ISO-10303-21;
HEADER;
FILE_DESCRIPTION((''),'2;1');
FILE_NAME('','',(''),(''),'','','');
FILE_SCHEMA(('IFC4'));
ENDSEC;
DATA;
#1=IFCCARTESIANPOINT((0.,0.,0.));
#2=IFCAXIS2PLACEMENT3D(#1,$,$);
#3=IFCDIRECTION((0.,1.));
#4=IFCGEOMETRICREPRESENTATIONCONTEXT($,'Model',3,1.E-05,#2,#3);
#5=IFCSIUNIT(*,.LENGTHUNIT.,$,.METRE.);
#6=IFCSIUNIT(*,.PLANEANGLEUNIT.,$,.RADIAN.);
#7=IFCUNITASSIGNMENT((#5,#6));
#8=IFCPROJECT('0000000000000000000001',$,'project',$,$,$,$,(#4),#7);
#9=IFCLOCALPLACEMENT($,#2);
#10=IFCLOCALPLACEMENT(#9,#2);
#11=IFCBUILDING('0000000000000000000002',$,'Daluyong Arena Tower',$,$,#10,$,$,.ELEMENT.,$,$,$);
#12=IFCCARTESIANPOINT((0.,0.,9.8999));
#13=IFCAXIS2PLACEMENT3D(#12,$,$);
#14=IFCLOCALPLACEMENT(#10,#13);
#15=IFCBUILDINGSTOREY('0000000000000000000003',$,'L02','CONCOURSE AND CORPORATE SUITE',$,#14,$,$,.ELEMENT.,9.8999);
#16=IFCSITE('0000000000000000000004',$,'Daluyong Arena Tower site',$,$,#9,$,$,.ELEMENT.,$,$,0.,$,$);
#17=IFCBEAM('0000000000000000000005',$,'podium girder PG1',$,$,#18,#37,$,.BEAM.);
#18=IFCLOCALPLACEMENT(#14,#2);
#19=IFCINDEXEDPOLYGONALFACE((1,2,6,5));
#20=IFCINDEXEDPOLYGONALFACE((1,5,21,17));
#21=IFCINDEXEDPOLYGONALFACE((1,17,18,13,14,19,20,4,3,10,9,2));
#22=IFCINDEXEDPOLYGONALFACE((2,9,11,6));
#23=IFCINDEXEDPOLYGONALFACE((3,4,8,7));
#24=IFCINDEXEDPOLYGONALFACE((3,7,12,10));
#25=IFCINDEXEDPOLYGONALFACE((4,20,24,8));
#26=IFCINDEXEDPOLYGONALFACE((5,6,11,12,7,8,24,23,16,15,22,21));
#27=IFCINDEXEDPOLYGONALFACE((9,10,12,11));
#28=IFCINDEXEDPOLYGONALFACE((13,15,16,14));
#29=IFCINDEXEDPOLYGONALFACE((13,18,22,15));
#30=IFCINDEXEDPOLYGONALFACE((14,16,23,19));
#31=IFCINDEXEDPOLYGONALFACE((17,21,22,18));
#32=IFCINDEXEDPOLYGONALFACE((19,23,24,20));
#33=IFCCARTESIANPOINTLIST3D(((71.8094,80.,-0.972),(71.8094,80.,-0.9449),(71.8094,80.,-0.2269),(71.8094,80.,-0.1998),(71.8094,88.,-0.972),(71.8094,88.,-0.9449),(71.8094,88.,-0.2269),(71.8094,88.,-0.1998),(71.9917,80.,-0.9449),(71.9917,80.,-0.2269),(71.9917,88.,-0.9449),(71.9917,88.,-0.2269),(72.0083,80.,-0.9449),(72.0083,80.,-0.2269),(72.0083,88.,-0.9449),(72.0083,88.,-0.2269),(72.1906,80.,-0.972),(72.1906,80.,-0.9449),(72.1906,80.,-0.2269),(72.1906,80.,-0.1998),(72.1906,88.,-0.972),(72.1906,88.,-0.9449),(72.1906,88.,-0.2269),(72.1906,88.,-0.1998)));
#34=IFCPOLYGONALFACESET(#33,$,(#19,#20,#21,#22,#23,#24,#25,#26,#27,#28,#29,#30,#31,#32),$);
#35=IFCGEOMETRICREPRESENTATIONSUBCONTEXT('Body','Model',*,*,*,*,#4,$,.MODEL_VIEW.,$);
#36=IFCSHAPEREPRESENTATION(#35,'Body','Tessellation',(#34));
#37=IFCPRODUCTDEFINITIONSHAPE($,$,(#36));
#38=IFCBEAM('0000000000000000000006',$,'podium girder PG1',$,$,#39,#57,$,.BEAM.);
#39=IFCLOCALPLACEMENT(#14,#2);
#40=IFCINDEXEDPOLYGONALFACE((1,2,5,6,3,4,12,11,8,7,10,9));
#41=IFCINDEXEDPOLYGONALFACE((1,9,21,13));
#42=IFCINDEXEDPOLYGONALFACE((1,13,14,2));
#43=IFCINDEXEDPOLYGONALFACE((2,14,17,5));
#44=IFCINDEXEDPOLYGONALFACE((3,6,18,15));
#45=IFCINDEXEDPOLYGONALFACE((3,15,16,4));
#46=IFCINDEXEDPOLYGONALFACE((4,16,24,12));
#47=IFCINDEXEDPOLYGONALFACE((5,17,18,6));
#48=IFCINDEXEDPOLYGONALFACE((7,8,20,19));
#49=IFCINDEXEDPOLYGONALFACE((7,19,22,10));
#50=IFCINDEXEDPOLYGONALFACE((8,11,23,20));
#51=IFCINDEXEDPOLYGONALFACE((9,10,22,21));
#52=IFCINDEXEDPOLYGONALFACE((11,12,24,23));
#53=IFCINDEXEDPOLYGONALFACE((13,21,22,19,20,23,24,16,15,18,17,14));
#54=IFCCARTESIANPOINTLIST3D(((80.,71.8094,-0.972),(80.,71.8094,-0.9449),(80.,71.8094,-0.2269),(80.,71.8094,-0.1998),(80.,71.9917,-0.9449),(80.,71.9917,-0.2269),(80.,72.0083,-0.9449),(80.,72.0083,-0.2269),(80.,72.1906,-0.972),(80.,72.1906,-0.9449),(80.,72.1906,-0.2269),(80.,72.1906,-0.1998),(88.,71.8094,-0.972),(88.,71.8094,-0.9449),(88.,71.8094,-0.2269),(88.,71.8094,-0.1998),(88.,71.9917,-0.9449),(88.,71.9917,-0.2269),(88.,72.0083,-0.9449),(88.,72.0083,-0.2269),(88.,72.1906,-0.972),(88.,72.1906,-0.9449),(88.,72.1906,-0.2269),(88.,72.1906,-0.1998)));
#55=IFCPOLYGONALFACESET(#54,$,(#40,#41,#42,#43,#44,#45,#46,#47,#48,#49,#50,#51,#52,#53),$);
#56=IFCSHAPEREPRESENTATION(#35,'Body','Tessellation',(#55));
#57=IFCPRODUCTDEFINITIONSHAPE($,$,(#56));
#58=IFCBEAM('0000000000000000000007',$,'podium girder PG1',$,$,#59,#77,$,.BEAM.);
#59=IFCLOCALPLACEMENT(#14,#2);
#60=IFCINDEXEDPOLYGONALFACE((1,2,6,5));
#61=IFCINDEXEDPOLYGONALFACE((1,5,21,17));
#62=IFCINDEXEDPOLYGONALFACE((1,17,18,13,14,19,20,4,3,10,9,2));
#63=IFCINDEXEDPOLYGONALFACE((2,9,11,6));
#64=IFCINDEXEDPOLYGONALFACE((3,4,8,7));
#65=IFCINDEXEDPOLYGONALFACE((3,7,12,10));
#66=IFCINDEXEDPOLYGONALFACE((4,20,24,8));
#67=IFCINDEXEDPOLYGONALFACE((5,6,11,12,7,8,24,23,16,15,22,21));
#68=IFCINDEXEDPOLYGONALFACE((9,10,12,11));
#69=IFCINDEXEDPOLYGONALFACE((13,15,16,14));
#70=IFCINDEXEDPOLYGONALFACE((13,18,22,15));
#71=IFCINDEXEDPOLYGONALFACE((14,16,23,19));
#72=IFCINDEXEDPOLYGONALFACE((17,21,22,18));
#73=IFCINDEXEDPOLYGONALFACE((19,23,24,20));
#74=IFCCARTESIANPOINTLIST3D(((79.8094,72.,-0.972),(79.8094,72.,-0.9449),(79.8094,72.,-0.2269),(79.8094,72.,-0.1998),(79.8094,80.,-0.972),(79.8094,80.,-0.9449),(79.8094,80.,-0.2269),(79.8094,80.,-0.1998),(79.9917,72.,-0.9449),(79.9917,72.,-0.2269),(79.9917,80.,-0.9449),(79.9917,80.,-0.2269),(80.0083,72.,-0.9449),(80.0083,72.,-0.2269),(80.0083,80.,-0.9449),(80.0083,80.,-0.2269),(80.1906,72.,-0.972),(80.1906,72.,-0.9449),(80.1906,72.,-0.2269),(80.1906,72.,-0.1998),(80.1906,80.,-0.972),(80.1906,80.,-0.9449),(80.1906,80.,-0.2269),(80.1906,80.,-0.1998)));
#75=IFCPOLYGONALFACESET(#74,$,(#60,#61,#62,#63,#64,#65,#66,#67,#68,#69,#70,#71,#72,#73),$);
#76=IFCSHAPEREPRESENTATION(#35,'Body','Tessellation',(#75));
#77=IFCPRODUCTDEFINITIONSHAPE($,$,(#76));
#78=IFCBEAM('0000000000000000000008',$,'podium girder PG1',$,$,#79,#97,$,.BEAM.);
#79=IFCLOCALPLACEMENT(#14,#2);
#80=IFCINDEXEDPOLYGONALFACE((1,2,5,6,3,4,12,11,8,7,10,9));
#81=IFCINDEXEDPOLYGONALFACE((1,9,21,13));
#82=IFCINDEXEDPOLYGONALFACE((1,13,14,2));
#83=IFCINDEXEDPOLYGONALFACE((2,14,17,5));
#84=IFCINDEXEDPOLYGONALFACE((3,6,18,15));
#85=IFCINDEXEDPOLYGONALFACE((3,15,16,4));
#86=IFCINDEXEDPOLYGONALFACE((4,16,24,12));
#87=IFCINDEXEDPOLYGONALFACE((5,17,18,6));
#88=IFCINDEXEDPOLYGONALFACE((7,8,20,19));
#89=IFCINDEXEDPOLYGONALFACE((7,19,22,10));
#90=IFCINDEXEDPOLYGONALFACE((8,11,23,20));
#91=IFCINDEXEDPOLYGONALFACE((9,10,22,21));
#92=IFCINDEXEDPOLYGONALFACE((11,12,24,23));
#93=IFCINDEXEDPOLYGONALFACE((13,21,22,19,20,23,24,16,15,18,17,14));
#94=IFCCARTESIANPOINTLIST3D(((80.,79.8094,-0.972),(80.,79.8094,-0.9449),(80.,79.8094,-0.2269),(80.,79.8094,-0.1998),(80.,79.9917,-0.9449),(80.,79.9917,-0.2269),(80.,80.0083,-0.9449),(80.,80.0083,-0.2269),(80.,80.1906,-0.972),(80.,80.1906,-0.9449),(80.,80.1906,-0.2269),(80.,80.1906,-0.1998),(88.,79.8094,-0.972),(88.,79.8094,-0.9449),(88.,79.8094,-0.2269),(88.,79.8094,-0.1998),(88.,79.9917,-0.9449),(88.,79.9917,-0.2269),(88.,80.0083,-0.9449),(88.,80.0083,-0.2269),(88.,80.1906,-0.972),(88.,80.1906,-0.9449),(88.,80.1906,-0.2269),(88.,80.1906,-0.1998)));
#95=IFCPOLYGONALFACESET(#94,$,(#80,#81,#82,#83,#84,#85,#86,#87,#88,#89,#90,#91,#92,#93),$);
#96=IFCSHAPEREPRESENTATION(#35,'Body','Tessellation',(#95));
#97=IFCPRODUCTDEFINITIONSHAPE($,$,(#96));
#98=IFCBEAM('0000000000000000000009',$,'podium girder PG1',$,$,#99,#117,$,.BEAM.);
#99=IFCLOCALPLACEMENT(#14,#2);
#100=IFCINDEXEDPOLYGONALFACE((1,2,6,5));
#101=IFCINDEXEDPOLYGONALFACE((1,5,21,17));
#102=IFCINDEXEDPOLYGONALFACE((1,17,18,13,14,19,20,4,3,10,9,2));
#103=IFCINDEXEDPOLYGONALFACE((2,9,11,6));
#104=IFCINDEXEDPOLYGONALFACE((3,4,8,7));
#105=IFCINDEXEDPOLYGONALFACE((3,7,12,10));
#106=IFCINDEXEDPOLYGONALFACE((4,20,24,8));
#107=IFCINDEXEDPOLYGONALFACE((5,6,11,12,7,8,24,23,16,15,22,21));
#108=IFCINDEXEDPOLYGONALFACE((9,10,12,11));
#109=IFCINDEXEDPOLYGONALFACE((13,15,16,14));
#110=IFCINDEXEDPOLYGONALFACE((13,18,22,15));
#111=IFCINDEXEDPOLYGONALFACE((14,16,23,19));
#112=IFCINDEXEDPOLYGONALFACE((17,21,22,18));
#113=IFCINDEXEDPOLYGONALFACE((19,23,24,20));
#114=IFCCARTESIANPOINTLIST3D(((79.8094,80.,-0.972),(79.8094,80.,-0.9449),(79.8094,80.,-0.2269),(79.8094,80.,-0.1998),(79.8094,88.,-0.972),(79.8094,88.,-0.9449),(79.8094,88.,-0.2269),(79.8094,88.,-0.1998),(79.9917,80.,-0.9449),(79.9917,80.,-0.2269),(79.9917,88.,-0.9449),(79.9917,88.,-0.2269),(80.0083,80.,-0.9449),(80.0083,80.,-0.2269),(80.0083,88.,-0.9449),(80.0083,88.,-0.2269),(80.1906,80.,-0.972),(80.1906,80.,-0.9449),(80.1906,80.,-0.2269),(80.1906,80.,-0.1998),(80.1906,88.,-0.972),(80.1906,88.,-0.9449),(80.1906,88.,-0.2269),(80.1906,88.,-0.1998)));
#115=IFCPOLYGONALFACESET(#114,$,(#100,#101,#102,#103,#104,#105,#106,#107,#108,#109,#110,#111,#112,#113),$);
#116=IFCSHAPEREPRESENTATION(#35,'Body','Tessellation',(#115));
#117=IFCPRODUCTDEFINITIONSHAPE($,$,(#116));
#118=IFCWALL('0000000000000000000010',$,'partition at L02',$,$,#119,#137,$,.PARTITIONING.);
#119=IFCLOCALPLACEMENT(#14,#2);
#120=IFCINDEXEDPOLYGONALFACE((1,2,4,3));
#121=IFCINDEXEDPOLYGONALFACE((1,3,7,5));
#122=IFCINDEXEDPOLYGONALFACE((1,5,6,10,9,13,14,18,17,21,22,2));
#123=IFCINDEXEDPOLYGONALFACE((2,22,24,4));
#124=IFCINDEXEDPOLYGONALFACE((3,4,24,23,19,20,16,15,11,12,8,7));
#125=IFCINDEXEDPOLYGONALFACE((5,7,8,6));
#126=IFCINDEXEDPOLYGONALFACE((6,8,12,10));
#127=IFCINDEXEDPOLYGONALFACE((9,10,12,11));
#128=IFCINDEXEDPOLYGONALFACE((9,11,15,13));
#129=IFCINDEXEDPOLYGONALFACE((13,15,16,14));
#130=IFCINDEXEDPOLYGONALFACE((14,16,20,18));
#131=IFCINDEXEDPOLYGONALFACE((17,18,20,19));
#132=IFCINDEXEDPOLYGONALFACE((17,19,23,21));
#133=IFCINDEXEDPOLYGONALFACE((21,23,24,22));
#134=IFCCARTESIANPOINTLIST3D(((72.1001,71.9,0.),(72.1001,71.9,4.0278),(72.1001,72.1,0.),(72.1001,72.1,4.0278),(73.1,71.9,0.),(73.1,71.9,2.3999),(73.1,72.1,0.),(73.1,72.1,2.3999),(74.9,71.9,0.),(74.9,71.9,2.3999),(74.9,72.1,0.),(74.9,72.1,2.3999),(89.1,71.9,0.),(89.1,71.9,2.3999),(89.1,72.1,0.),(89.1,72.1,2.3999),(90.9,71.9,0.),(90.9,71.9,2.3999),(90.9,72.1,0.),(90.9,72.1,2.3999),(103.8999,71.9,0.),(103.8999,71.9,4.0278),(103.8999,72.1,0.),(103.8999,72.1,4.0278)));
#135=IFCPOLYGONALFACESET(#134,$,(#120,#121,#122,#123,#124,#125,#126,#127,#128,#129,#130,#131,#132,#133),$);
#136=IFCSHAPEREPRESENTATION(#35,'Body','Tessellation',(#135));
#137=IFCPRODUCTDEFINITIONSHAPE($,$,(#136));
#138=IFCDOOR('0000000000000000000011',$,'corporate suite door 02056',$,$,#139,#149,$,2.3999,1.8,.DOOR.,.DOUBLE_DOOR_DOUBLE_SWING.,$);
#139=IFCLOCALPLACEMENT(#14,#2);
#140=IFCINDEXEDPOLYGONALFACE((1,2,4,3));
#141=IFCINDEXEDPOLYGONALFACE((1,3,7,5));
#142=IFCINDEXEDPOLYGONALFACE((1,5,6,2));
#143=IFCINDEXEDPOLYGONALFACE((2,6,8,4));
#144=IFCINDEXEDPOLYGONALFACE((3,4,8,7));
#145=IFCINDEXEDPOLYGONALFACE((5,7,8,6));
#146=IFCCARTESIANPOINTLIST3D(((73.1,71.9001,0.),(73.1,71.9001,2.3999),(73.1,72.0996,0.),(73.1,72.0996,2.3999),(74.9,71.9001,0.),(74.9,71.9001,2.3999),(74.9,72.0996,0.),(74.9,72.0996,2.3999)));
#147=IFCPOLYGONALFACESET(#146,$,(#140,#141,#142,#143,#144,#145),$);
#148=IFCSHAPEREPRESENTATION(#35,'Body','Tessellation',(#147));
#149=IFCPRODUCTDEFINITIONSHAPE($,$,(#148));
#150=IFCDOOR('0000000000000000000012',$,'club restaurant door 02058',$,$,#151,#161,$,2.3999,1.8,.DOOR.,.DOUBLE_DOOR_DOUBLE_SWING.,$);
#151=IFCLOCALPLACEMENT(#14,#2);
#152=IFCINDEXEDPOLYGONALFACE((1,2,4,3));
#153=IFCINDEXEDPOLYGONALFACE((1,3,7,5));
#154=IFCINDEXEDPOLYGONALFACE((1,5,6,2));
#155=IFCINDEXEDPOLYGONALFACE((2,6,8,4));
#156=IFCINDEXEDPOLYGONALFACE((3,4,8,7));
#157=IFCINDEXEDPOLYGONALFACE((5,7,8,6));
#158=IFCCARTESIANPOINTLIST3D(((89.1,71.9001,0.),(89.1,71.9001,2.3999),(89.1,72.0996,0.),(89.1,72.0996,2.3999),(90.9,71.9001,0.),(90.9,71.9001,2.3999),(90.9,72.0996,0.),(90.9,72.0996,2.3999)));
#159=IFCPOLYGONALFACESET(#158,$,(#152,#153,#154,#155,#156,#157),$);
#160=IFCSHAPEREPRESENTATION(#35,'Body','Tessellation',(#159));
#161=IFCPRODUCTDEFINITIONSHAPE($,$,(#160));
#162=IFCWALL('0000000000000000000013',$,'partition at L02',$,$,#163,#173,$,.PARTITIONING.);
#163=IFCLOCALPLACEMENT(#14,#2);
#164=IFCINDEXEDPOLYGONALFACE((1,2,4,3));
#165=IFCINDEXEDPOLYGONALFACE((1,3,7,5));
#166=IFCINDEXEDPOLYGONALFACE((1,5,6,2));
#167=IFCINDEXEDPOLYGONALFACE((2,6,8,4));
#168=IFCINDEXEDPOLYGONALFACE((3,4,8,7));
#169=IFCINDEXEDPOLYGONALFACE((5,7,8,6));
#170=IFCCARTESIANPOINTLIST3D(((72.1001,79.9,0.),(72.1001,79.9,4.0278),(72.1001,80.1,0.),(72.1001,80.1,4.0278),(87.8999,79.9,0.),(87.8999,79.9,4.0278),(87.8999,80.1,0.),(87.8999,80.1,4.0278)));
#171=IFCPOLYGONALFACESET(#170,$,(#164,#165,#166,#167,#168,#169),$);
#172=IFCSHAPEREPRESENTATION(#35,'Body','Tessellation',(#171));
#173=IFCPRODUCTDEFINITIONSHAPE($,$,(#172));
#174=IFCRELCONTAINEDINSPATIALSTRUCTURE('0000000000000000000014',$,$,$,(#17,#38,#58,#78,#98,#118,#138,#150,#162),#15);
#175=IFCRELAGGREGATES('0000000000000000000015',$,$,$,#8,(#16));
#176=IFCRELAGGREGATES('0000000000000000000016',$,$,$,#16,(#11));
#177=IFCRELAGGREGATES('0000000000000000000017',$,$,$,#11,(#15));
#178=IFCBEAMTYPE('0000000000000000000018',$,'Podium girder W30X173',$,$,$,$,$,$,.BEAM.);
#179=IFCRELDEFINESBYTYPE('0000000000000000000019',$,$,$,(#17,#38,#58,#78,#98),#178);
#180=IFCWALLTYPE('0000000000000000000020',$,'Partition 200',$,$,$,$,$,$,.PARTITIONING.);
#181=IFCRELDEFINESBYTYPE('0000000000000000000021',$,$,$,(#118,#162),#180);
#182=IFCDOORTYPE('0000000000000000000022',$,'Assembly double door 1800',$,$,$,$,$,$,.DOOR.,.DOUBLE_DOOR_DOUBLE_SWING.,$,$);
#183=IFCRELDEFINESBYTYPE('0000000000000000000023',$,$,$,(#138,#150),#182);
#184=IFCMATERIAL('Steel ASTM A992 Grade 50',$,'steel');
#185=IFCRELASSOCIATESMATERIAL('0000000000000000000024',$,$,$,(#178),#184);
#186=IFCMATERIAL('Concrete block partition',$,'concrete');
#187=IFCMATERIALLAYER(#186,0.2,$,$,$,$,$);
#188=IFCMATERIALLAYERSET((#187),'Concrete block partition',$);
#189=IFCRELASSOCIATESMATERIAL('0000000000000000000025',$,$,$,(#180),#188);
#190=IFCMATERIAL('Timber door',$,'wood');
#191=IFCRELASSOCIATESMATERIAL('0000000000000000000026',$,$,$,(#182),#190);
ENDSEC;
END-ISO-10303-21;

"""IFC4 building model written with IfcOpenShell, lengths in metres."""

from ifc_helpers import new_model, si_unit, direction, frame, frame_2d, origin, origin_2d, place, context, subcontext, project, spatial, rectangle, i_section, extrude, material, layer, layer_set, material_profile, profile_set, type_object, element, fill, save


model = new_model("IFC4")

# Units and contexts
model_context = context("Model", 3, precision=1e-05, world=origin(), true_north=direction((0.0, 1.0)))
body_context = subcontext(model_context, "Body", "Model", "MODEL_VIEW")
ifc_project = project(units=[si_unit("LENGTHUNIT", "METRE"), si_unit("PLANEANGLEUNIT", "RADIAN")], contexts=[model_context])

# Site, building, storey
site_placement = place(None, origin())
site = spatial("IfcSite", under=ifc_project, at=site_placement, Name="Daluyong Arena Tower site", CompositionType="ELEMENT", RefElevation=0.0)
building_placement = place(site_placement, origin())
building = spatial("IfcBuilding", under=site, at=building_placement, Name="Daluyong Arena Tower", CompositionType="ELEMENT")
storey_placement = place(building_placement, frame((0.0, 0.0, 9.8999)))
storey = spatial("IfcBuildingStorey", under=building, at=storey_placement, Name="L02", Description="CONCOURSE AND CORPORATE SUITE", CompositionType="ELEMENT", Elevation=9.8999)

# Beams
ifc_material_1 = material(Name="Steel ASTM A992 Grade 50", Category="steel")
ifc_material_profile_1 = material_profile(ifc_material_1, i_section(OverallWidth=0.3811, OverallDepth=0.7722, WebThickness=0.0166, FlangeThickness=0.0271, at=origin_2d()))
ifc_profile_set_1 = profile_set([ifc_material_profile_1], Name="Steel ASTM A992 Grade 50")
beam_type_1 = type_object("IfcBeamType", Name="Podium girder W30X173", PredefinedType="BEAM", material=ifc_profile_set_1)
for number, where, z_axis, x_axis, name in (
    (1, (72.0, 80.0, -0.5859), (0.0, 1.0, 0.0), (-1.0, 0.0, 0.0), "podium girder PG1"),
    (2, (80.0, 72.0, -0.5859), (1.0, 0.0, 0.0), (0.0, 1.0, 0.0), "podium girder PG1"),
    (3, (80.0, 72.0, -0.5859), (0.0, 1.0, 0.0), (-1.0, 0.0, 0.0), "podium girder PG1"),
    (4, (80.0, 80.0, -0.5859), (1.0, 0.0, 0.0), (0.0, 1.0, 0.0), "podium girder PG1"),
    (5, (80.0, 80.0, -0.5859), (0.0, 1.0, 0.0), (-1.0, 0.0, 0.0), "podium girder PG1"),
):
    element("IfcBeam", number, at=place(storey_placement, frame(where, z_axis=z_axis, x_axis=x_axis)), inside=storey, type_object=beam_type_1, Name=name, PredefinedType="BEAM", context=body_context, shape_type="SweptSolid", body=[
        extrude(i_section(OverallWidth=0.3811, OverallDepth=0.7722, WebThickness=0.0166, FlangeThickness=0.0271, at=origin_2d()), origin(), (0.0, 0.0, 1.0), 8.0),
    ])

# Wall, openings, doors
ifc_material_2 = material(Name="Concrete block partition", Category="concrete")
ifc_layer = layer(ifc_material_2, 0.2)
ifc_layer_set = layer_set([ifc_layer], Name="Concrete block partition")
wall_type = type_object("IfcWallType", Name="Partition 200", PredefinedType="PARTITIONING", material=ifc_layer_set)
wall_1_placement = place(storey_placement, frame((72.1001, 72.0, 0.0), z_axis=(0.0, 0.0, 1.0), x_axis=(1.0, 0.0, 0.0)))
wall_1 = element("IfcWall", 6, at=wall_1_placement, inside=storey, type_object=wall_type, Name="partition at L02", PredefinedType="PARTITIONING", context=body_context, shape_type="SweptSolid", body=[
    extrude(rectangle(XDim=31.7998, YDim=0.2, at=frame_2d((15.8999, 0.0))), origin(), (0.0, 0.0, 1.0), 4.0278),
])
opening_1_placement = place(wall_1_placement, frame((1.0, 0.0, 0.0)))
opening_1 = element("IfcOpeningElement", 7, at=opening_1_placement, cuts=wall_1, PredefinedType="OPENING", context=body_context, shape_type="SweptSolid", body=[
    extrude(rectangle(XDim=1.8, YDim=2.3999, at=frame_2d((0.8999, 1.2))), frame((0.0, 0.1099, 0.0), z_axis=(0.0, -1.0, 0.0), x_axis=(1.0, 0.0, 0.0)), (0.0, 0.0, 1.0), 0.22),
])
opening_2_placement = place(wall_1_placement, frame((17.0, 0.0, 0.0)))
opening_2 = element("IfcOpeningElement", 8, at=opening_2_placement, cuts=wall_1, PredefinedType="OPENING", context=body_context, shape_type="SweptSolid", body=[
    extrude(rectangle(XDim=1.8, YDim=2.3999, at=frame_2d((0.8999, 1.2))), frame((0.0, 0.1099, 0.0), z_axis=(0.0, -1.0, 0.0), x_axis=(1.0, 0.0, 0.0)), (0.0, 0.0, 1.0), 0.22),
])
ifc_material_3 = material(Name="Timber door", Category="wood")
door_type = type_object("IfcDoorType", Name="Assembly double door 1800", OperationType="DOUBLE_DOOR_DOUBLE_SWING", PredefinedType="DOOR", material=ifc_material_3)
door_1_placement = place(opening_1_placement, origin())
door_1 = element("IfcDoor", 9, at=door_1_placement, inside=storey, type_object=door_type, Name="corporate suite door 02056", OperationType="DOUBLE_DOOR_DOUBLE_SWING", OverallHeight=2.3999, OverallWidth=1.8, PredefinedType="DOOR", context=body_context, shape_type="SweptSolid", body=[
    extrude(rectangle(XDim=1.8, YDim=2.3999, at=frame_2d((0.8999, 1.2))), frame((0.0, 0.0996, 0.0), z_axis=(0.0, -1.0, 0.0), x_axis=(1.0, 0.0, 0.0)), (0.0, 0.0, 1.0), 0.1995),
])
fill(opening_1, door_1)
door_2_placement = place(opening_2_placement, origin())
door_2 = element("IfcDoor", 10, at=door_2_placement, inside=storey, type_object=door_type, Name="club restaurant door 02058", OperationType="DOUBLE_DOOR_DOUBLE_SWING", OverallHeight=2.3999, OverallWidth=1.8, PredefinedType="DOOR", context=body_context, shape_type="SweptSolid", body=[
    extrude(rectangle(XDim=1.8, YDim=2.3999, at=frame_2d((0.8999, 1.2))), frame((0.0, 0.0996, 0.0), z_axis=(0.0, -1.0, 0.0), x_axis=(1.0, 0.0, 0.0)), (0.0, 0.0, 1.0), 0.1995),
])
fill(opening_2, door_2)

# Wall
wall_2_placement = place(storey_placement, frame((72.1001, 80.0, 0.0), z_axis=(0.0, 0.0, 1.0), x_axis=(1.0, 0.0, 0.0)))
element("IfcWall", 11, at=wall_2_placement, inside=storey, type_object=wall_type, Name="partition at L02", PredefinedType="PARTITIONING", context=body_context, shape_type="SweptSolid", body=[
    extrude(rectangle(XDim=15.7998, YDim=0.2, at=frame_2d((7.8999, 0.0))), origin(), (0.0, 0.0, 1.0), 4.0278),
])

save(model, "model.ifc")
